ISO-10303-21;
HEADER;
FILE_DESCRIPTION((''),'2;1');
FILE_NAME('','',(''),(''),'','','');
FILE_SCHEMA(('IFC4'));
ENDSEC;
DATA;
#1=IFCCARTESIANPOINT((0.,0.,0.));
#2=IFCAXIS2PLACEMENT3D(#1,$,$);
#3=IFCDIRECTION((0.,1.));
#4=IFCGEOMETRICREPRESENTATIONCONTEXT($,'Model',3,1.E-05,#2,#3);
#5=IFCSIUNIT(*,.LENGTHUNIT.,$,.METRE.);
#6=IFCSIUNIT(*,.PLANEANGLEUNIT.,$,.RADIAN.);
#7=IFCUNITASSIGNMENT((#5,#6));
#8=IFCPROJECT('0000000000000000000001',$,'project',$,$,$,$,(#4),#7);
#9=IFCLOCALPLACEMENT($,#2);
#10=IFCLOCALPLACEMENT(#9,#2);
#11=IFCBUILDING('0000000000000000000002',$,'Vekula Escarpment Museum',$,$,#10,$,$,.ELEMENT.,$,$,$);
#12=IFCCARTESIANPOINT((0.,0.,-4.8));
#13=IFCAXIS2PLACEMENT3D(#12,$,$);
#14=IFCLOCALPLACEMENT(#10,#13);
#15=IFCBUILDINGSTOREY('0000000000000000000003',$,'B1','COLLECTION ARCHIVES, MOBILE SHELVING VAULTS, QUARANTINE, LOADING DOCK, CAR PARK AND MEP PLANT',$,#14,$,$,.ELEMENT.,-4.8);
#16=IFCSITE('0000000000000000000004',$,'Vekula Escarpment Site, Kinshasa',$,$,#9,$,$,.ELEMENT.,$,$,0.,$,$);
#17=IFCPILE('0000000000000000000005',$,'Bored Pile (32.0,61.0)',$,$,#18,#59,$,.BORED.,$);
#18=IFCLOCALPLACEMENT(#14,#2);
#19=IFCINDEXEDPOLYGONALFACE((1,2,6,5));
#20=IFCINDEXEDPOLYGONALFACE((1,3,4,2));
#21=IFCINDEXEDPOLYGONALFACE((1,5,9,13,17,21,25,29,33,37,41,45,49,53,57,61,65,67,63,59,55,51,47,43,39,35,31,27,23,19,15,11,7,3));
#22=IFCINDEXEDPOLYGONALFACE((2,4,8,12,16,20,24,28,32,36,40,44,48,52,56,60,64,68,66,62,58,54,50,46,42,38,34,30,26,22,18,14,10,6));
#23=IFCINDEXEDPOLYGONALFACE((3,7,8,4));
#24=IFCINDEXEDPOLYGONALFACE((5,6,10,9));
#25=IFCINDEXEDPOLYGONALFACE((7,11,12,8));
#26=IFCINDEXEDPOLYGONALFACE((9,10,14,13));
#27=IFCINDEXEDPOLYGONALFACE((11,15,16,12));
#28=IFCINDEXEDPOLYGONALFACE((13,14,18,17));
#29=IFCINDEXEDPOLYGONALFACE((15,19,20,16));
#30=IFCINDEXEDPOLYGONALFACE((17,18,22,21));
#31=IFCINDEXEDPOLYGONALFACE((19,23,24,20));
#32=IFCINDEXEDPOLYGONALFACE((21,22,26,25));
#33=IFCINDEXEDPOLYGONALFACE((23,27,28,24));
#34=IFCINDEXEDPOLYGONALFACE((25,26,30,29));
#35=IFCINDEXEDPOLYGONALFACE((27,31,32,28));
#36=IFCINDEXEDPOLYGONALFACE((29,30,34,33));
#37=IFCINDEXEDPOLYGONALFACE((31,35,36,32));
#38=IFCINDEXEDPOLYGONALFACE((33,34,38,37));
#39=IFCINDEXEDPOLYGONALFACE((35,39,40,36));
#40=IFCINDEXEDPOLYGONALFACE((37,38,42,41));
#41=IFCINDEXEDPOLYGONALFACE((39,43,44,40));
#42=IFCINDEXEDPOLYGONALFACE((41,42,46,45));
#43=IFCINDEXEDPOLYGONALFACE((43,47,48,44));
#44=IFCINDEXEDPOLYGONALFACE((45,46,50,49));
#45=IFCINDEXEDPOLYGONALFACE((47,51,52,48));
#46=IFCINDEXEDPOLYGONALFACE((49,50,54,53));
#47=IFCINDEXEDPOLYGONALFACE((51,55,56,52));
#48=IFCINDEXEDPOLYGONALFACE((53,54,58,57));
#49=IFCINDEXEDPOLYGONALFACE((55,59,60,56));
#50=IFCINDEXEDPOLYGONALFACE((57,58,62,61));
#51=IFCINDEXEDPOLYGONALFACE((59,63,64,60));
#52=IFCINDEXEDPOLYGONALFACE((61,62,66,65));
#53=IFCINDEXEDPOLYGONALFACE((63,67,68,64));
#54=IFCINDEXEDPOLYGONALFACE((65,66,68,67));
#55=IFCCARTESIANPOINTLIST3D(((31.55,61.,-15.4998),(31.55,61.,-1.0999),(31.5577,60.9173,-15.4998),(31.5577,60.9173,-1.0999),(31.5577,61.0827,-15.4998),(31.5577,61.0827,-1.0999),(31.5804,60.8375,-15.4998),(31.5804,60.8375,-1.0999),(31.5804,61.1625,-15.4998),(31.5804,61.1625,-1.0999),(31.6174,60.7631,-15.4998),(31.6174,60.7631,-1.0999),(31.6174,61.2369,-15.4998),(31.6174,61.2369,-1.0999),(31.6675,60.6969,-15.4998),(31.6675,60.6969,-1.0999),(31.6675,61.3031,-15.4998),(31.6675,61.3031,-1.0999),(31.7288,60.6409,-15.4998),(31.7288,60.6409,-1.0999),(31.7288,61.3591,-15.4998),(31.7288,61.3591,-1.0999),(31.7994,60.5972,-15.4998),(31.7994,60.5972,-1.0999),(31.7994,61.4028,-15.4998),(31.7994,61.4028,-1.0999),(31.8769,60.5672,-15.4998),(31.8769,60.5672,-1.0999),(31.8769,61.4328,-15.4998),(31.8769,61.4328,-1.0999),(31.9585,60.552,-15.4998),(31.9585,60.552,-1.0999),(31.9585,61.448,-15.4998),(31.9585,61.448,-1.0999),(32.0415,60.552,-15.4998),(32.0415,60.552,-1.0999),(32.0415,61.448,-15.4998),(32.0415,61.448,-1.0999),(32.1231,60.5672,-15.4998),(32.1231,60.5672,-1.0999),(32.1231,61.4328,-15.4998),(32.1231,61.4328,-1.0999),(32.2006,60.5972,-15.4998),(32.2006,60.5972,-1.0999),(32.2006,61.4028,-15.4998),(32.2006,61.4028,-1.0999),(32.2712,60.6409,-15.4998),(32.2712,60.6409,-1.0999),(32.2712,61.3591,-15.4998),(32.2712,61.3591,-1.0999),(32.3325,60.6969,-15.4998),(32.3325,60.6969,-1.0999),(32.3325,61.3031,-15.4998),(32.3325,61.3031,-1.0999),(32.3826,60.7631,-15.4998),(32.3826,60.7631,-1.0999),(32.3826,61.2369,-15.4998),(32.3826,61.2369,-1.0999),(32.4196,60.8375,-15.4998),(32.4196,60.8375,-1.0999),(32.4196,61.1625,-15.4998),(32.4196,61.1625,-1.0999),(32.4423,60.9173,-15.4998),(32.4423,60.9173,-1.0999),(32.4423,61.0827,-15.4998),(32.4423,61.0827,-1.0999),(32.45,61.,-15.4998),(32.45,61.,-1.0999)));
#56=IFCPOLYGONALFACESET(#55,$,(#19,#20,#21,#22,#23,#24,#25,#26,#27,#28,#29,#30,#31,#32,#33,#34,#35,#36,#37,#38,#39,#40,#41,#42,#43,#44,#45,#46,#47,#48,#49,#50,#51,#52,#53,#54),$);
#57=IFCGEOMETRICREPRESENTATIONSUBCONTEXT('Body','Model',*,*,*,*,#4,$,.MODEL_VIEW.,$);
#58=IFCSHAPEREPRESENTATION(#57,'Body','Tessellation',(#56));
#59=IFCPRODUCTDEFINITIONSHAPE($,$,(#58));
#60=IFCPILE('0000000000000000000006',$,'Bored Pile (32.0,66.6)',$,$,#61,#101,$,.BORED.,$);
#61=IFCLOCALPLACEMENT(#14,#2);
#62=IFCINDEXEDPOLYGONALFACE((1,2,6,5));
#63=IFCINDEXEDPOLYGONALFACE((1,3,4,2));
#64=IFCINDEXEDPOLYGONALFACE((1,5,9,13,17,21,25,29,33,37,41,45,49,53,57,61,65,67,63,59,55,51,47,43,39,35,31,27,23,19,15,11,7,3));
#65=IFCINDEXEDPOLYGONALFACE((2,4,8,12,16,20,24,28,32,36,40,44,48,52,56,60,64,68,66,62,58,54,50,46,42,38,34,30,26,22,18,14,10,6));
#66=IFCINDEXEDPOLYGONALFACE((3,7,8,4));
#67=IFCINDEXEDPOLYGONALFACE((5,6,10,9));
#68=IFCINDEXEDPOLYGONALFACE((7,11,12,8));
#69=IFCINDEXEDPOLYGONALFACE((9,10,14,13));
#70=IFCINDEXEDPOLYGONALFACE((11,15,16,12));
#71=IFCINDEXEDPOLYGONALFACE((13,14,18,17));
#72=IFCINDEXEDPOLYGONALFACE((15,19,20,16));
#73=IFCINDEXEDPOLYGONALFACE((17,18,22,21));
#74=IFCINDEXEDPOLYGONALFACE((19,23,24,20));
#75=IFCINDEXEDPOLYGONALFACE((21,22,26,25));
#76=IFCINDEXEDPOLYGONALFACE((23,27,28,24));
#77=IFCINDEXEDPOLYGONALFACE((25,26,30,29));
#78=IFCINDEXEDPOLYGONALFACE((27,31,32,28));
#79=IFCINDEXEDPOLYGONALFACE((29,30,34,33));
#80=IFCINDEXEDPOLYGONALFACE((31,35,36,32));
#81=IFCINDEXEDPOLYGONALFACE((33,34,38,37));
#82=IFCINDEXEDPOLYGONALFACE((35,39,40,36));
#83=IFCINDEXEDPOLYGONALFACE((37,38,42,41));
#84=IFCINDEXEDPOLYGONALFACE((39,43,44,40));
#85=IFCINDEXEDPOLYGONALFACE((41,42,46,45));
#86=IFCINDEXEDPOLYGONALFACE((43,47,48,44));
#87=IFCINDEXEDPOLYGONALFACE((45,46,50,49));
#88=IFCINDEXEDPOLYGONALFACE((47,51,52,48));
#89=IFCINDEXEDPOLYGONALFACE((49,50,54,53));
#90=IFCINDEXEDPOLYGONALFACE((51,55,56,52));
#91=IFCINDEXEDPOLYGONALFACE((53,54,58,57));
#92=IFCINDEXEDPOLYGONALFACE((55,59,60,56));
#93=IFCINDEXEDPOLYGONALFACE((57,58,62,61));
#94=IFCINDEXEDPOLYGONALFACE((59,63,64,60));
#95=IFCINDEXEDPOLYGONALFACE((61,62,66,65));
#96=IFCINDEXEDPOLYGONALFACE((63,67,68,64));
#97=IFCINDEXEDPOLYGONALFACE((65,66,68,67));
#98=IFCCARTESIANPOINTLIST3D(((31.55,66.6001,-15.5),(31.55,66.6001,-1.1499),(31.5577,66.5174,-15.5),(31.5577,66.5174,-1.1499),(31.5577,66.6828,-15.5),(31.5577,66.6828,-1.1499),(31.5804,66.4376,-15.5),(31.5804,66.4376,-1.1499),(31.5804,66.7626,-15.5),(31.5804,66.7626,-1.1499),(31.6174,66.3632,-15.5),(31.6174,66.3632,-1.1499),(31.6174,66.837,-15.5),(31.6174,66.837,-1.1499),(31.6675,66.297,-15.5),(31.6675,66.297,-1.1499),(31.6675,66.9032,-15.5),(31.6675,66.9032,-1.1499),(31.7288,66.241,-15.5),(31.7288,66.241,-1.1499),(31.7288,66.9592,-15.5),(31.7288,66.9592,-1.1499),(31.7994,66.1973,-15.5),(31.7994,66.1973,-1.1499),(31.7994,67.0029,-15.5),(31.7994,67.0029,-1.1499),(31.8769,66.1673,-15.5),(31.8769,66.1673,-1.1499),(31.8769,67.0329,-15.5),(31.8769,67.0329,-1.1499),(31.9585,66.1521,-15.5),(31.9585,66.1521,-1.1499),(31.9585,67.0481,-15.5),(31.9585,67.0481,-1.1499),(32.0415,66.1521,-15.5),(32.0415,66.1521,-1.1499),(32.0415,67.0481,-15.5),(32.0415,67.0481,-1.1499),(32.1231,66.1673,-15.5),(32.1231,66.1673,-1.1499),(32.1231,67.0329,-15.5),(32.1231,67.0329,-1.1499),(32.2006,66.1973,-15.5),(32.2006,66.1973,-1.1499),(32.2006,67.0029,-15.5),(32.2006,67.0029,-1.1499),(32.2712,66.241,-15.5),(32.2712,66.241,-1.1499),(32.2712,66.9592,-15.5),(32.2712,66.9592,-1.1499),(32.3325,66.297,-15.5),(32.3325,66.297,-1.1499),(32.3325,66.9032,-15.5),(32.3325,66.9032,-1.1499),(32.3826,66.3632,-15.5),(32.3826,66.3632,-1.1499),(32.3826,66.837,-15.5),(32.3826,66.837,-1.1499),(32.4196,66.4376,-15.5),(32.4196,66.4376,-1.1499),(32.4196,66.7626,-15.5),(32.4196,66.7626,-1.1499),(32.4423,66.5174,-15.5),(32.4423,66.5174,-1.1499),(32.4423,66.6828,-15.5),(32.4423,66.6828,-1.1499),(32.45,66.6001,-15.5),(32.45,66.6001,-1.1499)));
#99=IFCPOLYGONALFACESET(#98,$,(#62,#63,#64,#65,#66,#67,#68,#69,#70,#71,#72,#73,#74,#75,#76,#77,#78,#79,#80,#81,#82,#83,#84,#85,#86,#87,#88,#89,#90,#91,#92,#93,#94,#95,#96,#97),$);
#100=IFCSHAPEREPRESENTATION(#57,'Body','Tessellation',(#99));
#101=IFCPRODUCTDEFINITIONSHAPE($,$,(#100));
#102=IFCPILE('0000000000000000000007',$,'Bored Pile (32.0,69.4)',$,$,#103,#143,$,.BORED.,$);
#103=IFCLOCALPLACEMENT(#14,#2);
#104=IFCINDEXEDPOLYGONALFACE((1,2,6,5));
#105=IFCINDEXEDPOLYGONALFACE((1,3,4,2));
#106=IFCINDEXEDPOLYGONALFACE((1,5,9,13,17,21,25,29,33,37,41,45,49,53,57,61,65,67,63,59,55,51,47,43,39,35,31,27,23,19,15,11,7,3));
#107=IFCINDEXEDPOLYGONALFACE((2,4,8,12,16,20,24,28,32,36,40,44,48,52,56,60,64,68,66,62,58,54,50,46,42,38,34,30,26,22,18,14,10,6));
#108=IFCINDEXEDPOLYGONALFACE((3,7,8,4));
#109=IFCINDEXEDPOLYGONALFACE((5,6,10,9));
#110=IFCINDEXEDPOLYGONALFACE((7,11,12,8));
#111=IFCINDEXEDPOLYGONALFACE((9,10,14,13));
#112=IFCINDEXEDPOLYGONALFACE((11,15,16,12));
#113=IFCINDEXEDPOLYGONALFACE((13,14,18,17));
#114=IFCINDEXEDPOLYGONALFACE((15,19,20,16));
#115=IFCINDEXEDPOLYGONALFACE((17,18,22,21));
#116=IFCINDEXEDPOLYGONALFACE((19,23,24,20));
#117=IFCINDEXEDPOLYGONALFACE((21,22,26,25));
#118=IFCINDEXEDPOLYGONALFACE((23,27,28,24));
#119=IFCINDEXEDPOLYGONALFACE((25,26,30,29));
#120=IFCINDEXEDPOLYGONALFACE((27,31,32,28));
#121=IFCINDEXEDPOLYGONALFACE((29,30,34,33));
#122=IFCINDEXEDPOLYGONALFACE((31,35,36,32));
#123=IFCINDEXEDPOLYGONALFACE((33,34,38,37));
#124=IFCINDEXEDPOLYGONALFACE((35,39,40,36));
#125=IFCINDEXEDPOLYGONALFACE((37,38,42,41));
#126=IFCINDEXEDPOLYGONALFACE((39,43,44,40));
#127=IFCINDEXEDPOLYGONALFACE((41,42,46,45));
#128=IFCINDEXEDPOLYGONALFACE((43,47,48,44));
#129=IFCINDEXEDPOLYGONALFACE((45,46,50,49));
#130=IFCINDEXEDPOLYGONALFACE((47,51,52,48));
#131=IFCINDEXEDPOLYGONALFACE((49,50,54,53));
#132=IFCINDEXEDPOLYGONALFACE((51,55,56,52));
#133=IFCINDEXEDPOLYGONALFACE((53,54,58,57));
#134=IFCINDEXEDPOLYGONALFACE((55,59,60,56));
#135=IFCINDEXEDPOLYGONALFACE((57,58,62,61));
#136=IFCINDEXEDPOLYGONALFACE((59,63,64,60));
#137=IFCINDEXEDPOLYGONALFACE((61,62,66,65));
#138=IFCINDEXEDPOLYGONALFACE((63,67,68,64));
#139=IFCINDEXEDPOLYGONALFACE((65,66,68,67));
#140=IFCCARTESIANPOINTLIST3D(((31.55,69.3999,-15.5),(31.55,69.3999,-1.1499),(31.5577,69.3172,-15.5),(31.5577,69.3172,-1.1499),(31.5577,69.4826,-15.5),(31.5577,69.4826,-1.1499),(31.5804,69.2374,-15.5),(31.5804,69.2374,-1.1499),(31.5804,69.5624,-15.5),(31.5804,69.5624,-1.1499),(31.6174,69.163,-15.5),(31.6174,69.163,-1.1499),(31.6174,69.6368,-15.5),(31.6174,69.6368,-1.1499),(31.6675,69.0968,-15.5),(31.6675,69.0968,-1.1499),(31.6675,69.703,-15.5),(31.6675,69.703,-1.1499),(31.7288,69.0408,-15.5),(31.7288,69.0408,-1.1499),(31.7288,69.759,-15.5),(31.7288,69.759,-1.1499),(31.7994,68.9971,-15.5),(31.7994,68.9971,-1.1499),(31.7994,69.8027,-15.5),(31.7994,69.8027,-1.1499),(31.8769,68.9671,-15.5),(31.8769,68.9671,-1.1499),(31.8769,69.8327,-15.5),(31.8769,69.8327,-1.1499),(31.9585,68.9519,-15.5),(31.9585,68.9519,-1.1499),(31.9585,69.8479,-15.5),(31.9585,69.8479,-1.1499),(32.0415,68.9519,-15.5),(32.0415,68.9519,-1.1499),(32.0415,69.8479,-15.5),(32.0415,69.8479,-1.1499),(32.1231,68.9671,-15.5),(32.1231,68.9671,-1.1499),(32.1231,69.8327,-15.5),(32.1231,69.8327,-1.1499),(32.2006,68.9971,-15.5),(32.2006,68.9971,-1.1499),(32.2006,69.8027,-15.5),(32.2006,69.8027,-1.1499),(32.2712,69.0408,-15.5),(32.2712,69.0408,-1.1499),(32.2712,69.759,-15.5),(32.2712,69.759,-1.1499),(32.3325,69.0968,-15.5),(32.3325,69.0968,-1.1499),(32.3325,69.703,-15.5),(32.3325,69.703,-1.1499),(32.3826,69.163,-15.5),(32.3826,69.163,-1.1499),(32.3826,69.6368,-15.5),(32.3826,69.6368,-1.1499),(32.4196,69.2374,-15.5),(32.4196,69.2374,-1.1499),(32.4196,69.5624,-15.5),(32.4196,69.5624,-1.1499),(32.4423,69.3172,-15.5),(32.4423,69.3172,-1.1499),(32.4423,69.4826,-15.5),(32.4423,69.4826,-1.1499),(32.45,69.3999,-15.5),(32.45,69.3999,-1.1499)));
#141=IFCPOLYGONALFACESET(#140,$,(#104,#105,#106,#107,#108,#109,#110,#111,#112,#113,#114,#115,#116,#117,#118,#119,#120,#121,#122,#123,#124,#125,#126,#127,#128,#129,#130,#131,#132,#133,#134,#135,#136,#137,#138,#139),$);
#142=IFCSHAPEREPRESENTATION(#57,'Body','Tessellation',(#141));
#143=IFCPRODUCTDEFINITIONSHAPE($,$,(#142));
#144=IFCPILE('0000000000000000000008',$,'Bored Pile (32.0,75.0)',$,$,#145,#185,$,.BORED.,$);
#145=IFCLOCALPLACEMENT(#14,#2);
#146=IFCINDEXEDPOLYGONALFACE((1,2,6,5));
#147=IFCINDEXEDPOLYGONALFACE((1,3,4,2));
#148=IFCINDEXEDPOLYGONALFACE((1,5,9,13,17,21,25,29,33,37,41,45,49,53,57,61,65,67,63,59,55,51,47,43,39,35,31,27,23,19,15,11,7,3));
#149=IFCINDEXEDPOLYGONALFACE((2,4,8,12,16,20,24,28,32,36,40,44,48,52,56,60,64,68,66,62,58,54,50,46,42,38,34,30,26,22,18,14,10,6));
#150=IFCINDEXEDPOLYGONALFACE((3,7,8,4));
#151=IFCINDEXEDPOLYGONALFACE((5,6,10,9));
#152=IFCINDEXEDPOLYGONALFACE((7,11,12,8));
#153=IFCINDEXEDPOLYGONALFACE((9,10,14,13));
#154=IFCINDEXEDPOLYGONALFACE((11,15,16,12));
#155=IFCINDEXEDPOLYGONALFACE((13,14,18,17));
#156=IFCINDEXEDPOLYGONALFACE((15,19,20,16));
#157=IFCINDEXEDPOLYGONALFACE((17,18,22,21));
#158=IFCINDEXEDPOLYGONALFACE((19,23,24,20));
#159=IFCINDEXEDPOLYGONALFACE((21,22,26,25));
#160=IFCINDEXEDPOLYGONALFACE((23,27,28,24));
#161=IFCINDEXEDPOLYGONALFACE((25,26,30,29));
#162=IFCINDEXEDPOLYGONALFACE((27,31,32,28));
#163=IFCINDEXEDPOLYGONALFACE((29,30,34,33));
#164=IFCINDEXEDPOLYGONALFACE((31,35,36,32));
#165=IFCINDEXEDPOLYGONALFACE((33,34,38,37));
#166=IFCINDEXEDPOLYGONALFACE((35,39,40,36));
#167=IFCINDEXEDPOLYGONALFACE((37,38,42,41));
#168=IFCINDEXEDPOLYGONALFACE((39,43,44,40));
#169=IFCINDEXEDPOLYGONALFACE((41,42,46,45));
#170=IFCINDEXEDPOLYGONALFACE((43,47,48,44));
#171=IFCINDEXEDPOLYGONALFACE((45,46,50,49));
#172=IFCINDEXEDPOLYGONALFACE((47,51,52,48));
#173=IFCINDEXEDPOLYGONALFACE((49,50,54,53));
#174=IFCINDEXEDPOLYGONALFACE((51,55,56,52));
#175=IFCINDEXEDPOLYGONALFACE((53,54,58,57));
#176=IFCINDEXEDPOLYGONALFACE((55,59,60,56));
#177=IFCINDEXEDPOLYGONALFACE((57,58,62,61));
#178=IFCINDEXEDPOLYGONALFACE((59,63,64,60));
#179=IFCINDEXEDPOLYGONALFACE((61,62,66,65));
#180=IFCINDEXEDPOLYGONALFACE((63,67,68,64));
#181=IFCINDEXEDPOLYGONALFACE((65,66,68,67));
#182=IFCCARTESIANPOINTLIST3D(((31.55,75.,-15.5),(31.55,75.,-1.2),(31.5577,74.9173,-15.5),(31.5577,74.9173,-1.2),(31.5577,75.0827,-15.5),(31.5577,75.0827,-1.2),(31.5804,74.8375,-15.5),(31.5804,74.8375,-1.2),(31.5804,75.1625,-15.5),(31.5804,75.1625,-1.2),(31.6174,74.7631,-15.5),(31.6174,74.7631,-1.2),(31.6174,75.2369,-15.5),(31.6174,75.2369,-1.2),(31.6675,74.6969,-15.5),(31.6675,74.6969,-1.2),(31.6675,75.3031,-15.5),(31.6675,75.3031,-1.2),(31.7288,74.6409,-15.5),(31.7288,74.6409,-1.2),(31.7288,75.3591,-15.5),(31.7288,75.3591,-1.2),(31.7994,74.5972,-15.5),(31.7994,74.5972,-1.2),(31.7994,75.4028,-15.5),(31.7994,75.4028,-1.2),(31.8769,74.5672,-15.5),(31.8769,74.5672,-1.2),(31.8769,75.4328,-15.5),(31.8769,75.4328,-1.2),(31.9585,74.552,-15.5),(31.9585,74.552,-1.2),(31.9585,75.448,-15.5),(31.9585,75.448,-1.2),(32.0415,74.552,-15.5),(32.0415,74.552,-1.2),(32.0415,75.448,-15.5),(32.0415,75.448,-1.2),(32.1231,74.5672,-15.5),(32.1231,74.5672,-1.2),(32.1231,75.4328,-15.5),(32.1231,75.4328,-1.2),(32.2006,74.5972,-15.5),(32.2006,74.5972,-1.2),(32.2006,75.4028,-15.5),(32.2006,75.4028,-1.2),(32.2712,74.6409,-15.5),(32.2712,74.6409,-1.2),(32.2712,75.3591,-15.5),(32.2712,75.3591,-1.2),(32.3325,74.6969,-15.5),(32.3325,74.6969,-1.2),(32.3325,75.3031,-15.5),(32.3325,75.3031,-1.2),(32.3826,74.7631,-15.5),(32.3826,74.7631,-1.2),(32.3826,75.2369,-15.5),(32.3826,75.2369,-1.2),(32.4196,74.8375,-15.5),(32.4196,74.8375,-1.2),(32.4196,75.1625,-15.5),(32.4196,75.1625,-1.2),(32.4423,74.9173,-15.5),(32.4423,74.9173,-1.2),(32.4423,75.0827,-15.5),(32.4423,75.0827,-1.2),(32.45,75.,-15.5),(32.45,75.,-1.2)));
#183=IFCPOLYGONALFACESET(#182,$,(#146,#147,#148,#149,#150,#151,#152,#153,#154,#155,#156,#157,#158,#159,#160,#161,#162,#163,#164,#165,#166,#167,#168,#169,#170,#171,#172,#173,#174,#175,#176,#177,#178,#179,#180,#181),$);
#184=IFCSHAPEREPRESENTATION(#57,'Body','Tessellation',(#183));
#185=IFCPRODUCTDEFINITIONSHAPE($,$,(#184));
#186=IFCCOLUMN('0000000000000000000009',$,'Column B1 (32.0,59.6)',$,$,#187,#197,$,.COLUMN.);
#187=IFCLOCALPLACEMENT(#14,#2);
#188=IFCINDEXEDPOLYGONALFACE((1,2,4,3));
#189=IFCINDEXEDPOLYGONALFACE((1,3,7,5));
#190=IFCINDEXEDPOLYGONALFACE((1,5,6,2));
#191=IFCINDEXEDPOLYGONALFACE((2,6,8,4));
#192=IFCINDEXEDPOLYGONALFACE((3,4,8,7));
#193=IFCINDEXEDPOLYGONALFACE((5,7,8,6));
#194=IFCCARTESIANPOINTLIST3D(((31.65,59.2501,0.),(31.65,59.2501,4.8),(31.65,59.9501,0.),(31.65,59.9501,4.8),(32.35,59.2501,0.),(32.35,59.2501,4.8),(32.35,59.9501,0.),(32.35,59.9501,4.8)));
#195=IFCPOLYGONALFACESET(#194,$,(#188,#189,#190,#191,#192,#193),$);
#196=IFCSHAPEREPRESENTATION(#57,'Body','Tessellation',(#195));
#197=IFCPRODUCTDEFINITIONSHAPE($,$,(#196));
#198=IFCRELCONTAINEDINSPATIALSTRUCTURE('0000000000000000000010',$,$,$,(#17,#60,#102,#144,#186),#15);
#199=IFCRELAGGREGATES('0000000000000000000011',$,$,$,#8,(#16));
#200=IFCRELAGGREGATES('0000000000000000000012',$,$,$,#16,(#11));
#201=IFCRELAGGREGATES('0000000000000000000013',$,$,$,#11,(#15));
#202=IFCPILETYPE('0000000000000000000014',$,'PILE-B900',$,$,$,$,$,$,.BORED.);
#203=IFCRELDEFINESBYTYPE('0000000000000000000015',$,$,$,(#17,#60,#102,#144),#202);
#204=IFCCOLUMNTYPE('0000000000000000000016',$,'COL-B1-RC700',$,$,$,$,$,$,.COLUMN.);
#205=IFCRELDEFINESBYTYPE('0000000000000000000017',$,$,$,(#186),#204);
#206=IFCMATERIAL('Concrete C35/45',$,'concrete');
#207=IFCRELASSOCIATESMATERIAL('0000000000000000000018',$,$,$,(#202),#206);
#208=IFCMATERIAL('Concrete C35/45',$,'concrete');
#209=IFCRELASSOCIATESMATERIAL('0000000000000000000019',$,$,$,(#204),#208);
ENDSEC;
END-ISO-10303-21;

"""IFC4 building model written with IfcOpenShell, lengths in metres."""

from ifc_helpers import new_model, si_unit, direction, frame, origin, origin_2d, place, context, subcontext, project, spatial, rectangle, circle, extrude, material, material_profile, profile_set, type_object, element, save


model = new_model("IFC4")

# Units and contexts
model_context = context("Model", 3, precision=1e-05, world=origin(), true_north=direction((0.0, 1.0)))
body_context = subcontext(model_context, "Body", "Model", "MODEL_VIEW")
ifc_project = project(units=[si_unit("LENGTHUNIT", "METRE"), si_unit("PLANEANGLEUNIT", "RADIAN")], contexts=[model_context])

# Site, building, storey
site_placement = place(None, origin())
site = spatial("IfcSite", under=ifc_project, at=site_placement, Name="Vekula Escarpment Site, Kinshasa", CompositionType="ELEMENT", RefElevation=0.0)
building_placement = place(site_placement, origin())
building = spatial("IfcBuilding", under=site, at=building_placement, Name="Vekula Escarpment Museum", CompositionType="ELEMENT")
storey_placement = place(building_placement, frame((0.0, 0.0, -4.8)))
storey = spatial("IfcBuildingStorey", under=building, at=storey_placement, Name="B1", Description="COLLECTION ARCHIVES, MOBILE SHELVING VAULTS, QUARANTINE, LOADING DOCK, CAR PARK AND MEP PLANT", CompositionType="ELEMENT", Elevation=-4.8)

# Piles
ifc_material_1 = material(Name="Concrete C35/45", Category="concrete")
ifc_material_profile_1 = material_profile(ifc_material_1, circle(Radius=0.45, at=origin_2d()), Name="BORED PILE 900")
ifc_profile_set_1 = profile_set([ifc_material_profile_1], Name="Concrete C35/45")
pile_type = type_object("IfcPileType", Name="PILE-B900", PredefinedType="BORED", material=ifc_profile_set_1)
for number, where, z_axis, x_axis, name in (
    (1, (32.0, 61.0, -1.0999), (0.0, 0.0, -1.0), (1.0, 0.0, 0.0), "Bored Pile (32.0,61.0)"),
):
    element("IfcPile", number, at=place(storey_placement, frame(where, z_axis=z_axis, x_axis=x_axis)), inside=storey, type_object=pile_type, Name=name, PredefinedType="BORED", context=body_context, shape_type="SweptSolid", body=[
        extrude(circle(Radius=0.45, at=origin_2d()), origin(), (0.0, 0.0, 1.0), 14.3999),
    ])
for number, where, z_axis, x_axis, name in (
    (2, (32.0, 66.6001, -1.1499), (0.0, 0.0, -1.0), (1.0, 0.0, 0.0), "Bored Pile (32.0,66.6)"),
    (3, (32.0, 69.3999, -1.1499), (0.0, 0.0, -1.0), (1.0, 0.0, 0.0), "Bored Pile (32.0,69.4)"),
):
    element("IfcPile", number, at=place(storey_placement, frame(where, z_axis=z_axis, x_axis=x_axis)), inside=storey, type_object=pile_type, Name=name, PredefinedType="BORED", context=body_context, shape_type="SweptSolid", body=[
        extrude(circle(Radius=0.45, at=origin_2d()), origin(), (0.0, 0.0, 1.0), 14.3501),
    ])
pile_1_placement = place(storey_placement, frame((32.0, 75.0, -1.2), z_axis=(0.0, 0.0, -1.0), x_axis=(1.0, 0.0, 0.0)))
element("IfcPile", 4, at=pile_1_placement, inside=storey, type_object=pile_type, Name="Bored Pile (32.0,75.0)", PredefinedType="BORED", context=body_context, shape_type="SweptSolid", body=[
    extrude(circle(Radius=0.45, at=origin_2d()), origin(), (0.0, 0.0, 1.0), 14.3),
])

# Column
ifc_material_2 = material(Name="Concrete C35/45", Category="concrete")
ifc_material_profile_2 = material_profile(ifc_material_2, rectangle(XDim=0.7, YDim=0.7, at=origin_2d()), Name="RC 700x700")
ifc_profile_set_2 = profile_set([ifc_material_profile_2], Name="Concrete C35/45")
column_type = type_object("IfcColumnType", Name="COL-B1-RC700", PredefinedType="COLUMN", material=ifc_profile_set_2)
for number, where, z_axis, x_axis, name in (
    (5, (32.0, 59.6001, 0.0), (0.0, 0.0, 1.0), (1.0, 0.0, 0.0), "Column B1 (32.0,59.6)"),
):
    element("IfcColumn", number, at=place(storey_placement, frame(where, z_axis=z_axis, x_axis=x_axis)), inside=storey, type_object=column_type, Name=name, PredefinedType="COLUMN", context=body_context, shape_type="SweptSolid", body=[
        extrude(rectangle(XDim=0.7, YDim=0.7, at=origin_2d()), origin(), (0.0, 0.0, 1.0), 4.8),
    ])

save(model, "model.ifc")
